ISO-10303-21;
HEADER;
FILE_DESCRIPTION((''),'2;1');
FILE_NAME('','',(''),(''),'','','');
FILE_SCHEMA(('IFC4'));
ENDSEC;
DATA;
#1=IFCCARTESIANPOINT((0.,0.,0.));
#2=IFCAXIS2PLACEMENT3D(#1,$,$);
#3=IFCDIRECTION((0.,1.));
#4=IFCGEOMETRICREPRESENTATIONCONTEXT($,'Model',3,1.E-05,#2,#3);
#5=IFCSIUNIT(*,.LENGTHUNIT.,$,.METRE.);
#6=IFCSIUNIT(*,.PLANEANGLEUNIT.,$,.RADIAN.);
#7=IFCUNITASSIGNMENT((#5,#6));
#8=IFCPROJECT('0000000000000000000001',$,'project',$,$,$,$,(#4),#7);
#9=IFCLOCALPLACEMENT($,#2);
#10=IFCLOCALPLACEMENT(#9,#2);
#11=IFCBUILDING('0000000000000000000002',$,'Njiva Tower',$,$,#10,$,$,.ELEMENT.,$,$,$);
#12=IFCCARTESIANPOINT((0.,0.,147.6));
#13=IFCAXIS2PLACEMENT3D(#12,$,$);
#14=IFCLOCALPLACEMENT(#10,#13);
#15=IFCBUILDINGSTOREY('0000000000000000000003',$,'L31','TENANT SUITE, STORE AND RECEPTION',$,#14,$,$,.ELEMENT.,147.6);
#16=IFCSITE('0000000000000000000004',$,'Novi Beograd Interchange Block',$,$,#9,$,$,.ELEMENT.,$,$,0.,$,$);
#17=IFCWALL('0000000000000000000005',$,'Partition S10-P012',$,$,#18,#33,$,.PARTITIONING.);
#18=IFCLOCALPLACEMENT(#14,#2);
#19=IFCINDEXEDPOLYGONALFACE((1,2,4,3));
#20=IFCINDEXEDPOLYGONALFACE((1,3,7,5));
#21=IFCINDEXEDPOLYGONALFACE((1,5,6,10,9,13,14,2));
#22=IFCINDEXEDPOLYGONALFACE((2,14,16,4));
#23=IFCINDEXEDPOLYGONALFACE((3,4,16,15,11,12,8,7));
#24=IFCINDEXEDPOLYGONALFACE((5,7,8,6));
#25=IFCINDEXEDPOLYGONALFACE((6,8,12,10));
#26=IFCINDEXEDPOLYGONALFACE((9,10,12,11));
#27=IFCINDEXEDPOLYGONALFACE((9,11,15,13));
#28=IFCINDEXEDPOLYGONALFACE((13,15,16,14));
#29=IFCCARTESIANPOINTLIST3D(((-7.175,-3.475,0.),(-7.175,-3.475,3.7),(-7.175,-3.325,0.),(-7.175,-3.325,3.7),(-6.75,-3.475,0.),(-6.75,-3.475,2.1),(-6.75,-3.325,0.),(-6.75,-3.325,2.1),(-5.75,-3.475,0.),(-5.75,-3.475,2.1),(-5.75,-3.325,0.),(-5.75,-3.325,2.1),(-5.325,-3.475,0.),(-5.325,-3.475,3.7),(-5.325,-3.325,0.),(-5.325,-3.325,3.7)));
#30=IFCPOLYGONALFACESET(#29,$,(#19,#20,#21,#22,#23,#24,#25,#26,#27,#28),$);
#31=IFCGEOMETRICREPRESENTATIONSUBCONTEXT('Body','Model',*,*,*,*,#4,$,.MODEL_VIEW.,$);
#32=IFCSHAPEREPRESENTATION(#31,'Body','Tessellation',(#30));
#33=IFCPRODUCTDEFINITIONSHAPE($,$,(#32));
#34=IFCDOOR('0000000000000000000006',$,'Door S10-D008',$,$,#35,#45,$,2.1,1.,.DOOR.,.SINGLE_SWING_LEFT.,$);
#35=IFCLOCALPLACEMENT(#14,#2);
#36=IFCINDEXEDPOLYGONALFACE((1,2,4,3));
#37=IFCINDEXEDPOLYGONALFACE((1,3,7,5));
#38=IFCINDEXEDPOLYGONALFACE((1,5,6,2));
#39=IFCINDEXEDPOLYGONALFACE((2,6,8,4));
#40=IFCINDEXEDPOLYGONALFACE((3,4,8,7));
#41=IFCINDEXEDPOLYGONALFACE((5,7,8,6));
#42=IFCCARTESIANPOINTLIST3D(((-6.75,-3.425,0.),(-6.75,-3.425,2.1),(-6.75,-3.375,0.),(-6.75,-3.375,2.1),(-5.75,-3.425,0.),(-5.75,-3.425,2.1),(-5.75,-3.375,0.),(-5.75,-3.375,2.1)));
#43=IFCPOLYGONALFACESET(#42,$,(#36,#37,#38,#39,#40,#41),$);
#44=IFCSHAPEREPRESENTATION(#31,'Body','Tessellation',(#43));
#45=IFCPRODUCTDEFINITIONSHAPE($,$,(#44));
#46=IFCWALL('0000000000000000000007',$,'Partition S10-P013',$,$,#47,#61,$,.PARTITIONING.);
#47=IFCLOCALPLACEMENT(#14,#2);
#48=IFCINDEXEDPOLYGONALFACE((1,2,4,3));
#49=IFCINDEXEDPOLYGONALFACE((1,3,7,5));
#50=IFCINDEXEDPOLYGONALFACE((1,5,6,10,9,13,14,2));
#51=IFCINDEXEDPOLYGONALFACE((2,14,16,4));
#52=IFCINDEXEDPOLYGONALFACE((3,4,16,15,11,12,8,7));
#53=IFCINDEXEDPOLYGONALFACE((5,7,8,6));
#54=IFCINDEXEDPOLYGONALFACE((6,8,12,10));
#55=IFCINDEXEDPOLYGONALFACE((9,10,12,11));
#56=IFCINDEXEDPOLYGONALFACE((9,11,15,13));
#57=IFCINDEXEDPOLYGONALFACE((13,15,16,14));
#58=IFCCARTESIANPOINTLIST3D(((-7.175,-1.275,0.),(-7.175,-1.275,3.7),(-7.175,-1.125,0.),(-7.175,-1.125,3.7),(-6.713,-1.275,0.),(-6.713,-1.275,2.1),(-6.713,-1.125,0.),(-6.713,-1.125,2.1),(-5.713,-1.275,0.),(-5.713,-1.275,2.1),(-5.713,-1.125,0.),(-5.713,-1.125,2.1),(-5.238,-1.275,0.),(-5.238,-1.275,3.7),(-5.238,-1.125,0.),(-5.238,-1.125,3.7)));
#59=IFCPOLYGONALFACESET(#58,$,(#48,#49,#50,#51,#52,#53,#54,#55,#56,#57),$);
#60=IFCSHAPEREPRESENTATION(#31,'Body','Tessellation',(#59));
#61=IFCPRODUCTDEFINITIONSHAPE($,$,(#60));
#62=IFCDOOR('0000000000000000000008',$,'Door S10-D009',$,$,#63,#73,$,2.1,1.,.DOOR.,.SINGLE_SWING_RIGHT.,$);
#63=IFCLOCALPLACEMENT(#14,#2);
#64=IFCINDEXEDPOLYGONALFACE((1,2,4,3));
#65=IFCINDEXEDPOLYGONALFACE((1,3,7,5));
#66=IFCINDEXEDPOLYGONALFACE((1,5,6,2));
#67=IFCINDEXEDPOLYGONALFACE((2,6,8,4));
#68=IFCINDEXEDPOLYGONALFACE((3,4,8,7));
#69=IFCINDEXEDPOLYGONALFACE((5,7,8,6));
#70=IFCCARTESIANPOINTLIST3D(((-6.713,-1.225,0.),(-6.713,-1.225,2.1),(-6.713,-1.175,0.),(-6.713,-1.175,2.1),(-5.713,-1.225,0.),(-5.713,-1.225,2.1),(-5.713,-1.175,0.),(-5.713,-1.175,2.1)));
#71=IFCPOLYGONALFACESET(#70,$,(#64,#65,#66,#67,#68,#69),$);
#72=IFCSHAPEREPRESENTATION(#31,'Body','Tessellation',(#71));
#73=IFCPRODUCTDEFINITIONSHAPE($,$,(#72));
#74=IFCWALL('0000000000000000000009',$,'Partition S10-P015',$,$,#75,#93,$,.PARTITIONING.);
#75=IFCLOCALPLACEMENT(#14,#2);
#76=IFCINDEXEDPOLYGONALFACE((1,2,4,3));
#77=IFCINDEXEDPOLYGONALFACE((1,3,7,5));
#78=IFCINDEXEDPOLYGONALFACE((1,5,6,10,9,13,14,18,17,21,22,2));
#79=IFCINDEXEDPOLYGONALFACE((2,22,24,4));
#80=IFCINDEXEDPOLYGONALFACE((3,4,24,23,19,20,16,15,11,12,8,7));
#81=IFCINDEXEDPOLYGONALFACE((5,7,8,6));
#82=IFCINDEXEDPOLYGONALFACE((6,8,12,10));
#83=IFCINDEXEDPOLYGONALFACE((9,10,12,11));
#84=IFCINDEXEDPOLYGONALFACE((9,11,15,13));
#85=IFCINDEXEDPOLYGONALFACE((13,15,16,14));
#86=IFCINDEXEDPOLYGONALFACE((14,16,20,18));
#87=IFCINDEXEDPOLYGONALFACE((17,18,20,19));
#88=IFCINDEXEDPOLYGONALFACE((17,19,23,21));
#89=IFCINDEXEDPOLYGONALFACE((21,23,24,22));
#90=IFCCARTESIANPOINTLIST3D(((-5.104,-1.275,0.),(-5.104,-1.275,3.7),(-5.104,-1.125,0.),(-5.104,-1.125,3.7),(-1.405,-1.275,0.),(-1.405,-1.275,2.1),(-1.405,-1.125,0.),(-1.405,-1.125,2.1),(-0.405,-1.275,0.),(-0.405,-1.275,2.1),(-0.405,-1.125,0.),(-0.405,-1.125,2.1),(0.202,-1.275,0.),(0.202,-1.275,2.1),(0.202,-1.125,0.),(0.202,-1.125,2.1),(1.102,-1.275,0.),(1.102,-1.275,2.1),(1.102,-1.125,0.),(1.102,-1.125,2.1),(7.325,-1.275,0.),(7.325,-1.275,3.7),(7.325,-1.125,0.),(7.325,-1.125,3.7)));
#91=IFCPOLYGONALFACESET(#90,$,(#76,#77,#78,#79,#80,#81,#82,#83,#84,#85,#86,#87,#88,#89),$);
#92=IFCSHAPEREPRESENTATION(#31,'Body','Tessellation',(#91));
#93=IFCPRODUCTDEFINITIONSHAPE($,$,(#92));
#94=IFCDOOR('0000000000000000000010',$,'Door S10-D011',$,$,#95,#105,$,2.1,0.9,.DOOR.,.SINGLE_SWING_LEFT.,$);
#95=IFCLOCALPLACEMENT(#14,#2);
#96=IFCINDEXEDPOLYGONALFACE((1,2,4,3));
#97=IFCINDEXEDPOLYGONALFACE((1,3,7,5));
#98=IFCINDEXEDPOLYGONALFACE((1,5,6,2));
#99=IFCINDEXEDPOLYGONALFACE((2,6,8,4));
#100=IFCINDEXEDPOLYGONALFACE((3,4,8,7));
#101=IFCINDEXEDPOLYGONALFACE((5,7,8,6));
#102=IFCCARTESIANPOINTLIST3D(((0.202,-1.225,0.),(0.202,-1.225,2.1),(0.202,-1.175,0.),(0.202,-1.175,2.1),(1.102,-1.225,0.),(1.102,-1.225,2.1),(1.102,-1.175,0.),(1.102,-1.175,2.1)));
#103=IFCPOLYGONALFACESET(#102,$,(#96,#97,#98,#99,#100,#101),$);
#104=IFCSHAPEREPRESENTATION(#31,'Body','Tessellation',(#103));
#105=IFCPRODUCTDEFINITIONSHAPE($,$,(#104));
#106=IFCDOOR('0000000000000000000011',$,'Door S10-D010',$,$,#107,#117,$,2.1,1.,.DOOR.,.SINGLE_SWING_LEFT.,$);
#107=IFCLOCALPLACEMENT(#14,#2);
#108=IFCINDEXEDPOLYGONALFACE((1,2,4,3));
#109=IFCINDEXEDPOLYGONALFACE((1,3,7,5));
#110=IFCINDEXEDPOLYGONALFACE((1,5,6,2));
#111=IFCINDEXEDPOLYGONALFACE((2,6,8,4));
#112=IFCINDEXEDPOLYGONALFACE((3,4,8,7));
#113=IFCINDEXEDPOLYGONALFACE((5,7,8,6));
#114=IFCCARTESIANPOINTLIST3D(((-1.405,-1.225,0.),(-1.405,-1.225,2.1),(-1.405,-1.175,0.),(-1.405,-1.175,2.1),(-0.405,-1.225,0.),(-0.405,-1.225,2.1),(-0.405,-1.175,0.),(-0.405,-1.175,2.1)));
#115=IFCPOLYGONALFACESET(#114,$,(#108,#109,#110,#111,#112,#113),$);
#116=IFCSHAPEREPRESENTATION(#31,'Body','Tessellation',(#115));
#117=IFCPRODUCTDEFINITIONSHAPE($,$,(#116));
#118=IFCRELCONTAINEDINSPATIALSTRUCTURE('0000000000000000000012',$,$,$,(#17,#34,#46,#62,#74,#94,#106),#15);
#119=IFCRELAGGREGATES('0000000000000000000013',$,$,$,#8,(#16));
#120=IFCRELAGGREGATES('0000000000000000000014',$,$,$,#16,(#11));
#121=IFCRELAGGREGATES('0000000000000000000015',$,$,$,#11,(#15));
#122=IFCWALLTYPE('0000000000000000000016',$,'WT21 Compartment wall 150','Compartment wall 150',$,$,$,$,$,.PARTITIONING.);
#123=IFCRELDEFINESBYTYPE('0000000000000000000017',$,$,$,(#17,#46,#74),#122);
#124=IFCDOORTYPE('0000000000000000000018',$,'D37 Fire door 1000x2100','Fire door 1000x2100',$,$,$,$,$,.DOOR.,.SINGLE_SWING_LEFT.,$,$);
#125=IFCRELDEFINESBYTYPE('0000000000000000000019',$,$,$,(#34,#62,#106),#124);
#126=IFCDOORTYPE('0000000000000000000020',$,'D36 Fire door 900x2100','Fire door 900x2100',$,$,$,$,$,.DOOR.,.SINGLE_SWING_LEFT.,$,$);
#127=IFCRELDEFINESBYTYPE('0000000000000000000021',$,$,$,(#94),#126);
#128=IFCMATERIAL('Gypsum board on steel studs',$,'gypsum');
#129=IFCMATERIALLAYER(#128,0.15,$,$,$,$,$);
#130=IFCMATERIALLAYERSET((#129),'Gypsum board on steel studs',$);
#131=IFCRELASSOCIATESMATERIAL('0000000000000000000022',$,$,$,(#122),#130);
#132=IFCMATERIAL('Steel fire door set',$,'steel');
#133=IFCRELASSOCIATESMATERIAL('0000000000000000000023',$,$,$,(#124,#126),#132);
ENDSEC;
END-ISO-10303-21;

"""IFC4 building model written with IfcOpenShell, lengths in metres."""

from ifc_helpers import new_model, si_unit, direction, frame, frame_2d, origin, place, context, subcontext, project, spatial, rectangle, extrude, material, layer, layer_set, type_object, element, fill, save


model = new_model("IFC4")

# Units and contexts
model_context = context("Model", 3, precision=1e-05, world=origin(), true_north=direction((0.0, 1.0)))
body_context = subcontext(model_context, "Body", "Model", "MODEL_VIEW")
ifc_project = project(units=[si_unit("LENGTHUNIT", "METRE"), si_unit("PLANEANGLEUNIT", "RADIAN")], contexts=[model_context])

# Site, building, storey
site_placement = place(None, origin())
site = spatial("IfcSite", under=ifc_project, at=site_placement, Name="Novi Beograd Interchange Block", CompositionType="ELEMENT", RefElevation=0.0)
building_placement = place(site_placement, origin())
building = spatial("IfcBuilding", under=site, at=building_placement, Name="Njiva Tower", CompositionType="ELEMENT")
storey_placement = place(building_placement, frame((0.0, 0.0, 147.6)))
storey = spatial("IfcBuildingStorey", under=building, at=storey_placement, Name="L31", Description="TENANT SUITE, STORE AND RECEPTION", CompositionType="ELEMENT", Elevation=147.6)

# Walls, openings, doors
ifc_material_1 = material(Name="Gypsum board on steel studs", Category="gypsum")
ifc_layer_1 = layer(ifc_material_1, 0.15)
ifc_layer_set_1 = layer_set([ifc_layer_1], Name="Gypsum board on steel studs")
wall_type = type_object("IfcWallType", Name="WT21 Compartment wall 150", Description="Compartment wall 150", PredefinedType="PARTITIONING", material=ifc_layer_set_1)
ifc_material_2 = material(Name="Steel fire door set", Category="steel")
door_type_1 = type_object("IfcDoorType", Name="D37 Fire door 1000x2100", Description="Fire door 1000x2100", OperationType="SINGLE_SWING_LEFT", PredefinedType="DOOR", material=ifc_material_2)
wall_1_placement = place(storey_placement, frame((-7.175, -3.4, 0.0), z_axis=(0.0, 0.0, 1.0), x_axis=(1.0, 0.0, 0.0)))
wall_1 = element("IfcWall", 1, at=wall_1_placement, inside=storey, type_object=wall_type, Name="Partition S10-P012", PredefinedType="PARTITIONING", context=body_context, shape_type="SweptSolid", body=[
    extrude(rectangle(XDim=1.85, YDim=0.15, at=frame_2d((0.925, 0.0))), origin(), (0.0, 0.0, 1.0), 3.7),
])
opening_1_placement = place(wall_1_placement, frame((0.425, 0.0, 0.0)))
opening_1 = element("IfcOpeningElement", 2, at=opening_1_placement, cuts=wall_1, PredefinedType="OPENING", context=body_context, shape_type="SweptSolid", body=[
    extrude(rectangle(XDim=1.0, YDim=2.1, at=frame_2d((0.5, 1.05))), frame((0.0, 0.085, 0.0), z_axis=(0.0, -1.0, 0.0), x_axis=(1.0, 0.0, 0.0)), (0.0, 0.0, 1.0), 0.17),
])
door_1_placement = place(opening_1_placement, origin())
door_1 = element("IfcDoor", 3, at=door_1_placement, inside=storey, type_object=door_type_1, Name="Door S10-D008", OperationType="SINGLE_SWING_LEFT", OverallHeight=2.1, OverallWidth=1.0, PredefinedType="DOOR", context=body_context, shape_type="SweptSolid", body=[
    extrude(rectangle(XDim=1.0, YDim=2.1, at=frame_2d((0.5, 1.05))), frame((0.0, 0.025, 0.0), z_axis=(0.0, -1.0, 0.0), x_axis=(1.0, 0.0, 0.0)), (0.0, 0.0, 1.0), 0.05),
])
fill(opening_1, door_1)
wall_2_placement = place(storey_placement, frame((-7.175, -1.2, 0.0), z_axis=(0.0, 0.0, 1.0), x_axis=(1.0, 0.0, 0.0)))
wall_2 = element("IfcWall", 4, at=wall_2_placement, inside=storey, type_object=wall_type, Name="Partition S10-P013", PredefinedType="PARTITIONING", context=body_context, shape_type="SweptSolid", body=[
    extrude(rectangle(XDim=1.937, YDim=0.15, at=frame_2d((0.9685, 0.0))), origin(), (0.0, 0.0, 1.0), 3.7),
])
opening_2_placement = place(wall_2_placement, frame((0.462, 0.0, 0.0)))
opening_2 = element("IfcOpeningElement", 5, at=opening_2_placement, cuts=wall_2, PredefinedType="OPENING", context=body_context, shape_type="SweptSolid", body=[
    extrude(rectangle(XDim=1.0, YDim=2.1, at=frame_2d((0.5, 1.05))), frame((0.0, 0.085, 0.0), z_axis=(0.0, -1.0, 0.0), x_axis=(1.0, 0.0, 0.0)), (0.0, 0.0, 1.0), 0.17),
])
door_2_placement = place(opening_2_placement, origin())
door_2 = element("IfcDoor", 6, at=door_2_placement, inside=storey, type_object=door_type_1, Name="Door S10-D009", OperationType="SINGLE_SWING_RIGHT", OverallHeight=2.1, OverallWidth=1.0, PredefinedType="DOOR", context=body_context, shape_type="SweptSolid", body=[
    extrude(rectangle(XDim=1.0, YDim=2.1, at=frame_2d((0.5, 1.05))), frame((0.0, 0.025, 0.0), z_axis=(0.0, -1.0, 0.0), x_axis=(1.0, 0.0, 0.0)), (0.0, 0.0, 1.0), 0.05),
])
fill(opening_2, door_2)

# Wall, openings, doors
wall_3_placement = place(storey_placement, frame((-5.104, -1.2, 0.0), z_axis=(0.0, 0.0, 1.0), x_axis=(1.0, 0.0, 0.0)))
wall_3 = element("IfcWall", 7, at=wall_3_placement, inside=storey, type_object=wall_type, Name="Partition S10-P015", PredefinedType="PARTITIONING", context=body_context, shape_type="SweptSolid", body=[
    extrude(rectangle(XDim=12.429, YDim=0.15, at=frame_2d((6.2145, 0.0))), origin(), (0.0, 0.0, 1.0), 3.7),
])
opening_3_placement = place(wall_3_placement, frame((3.699, 0.0, 0.0)))
opening_3 = element("IfcOpeningElement", 8, at=opening_3_placement, cuts=wall_3, PredefinedType="OPENING", context=body_context, shape_type="SweptSolid", body=[
    extrude(rectangle(XDim=1.0, YDim=2.1, at=frame_2d((0.5, 1.05))), frame((0.0, 0.085, 0.0), z_axis=(0.0, -1.0, 0.0), x_axis=(1.0, 0.0, 0.0)), (0.0, 0.0, 1.0), 0.17),
])
opening_4_placement = place(wall_3_placement, frame((5.306, 0.0, 0.0)))
opening_4 = element("IfcOpeningElement", 9, at=opening_4_placement, cuts=wall_3, PredefinedType="OPENING", context=body_context, shape_type="SweptSolid", body=[
    extrude(rectangle(XDim=0.9, YDim=2.1, at=frame_2d((0.45, 1.05))), frame((0.0, 0.085, 0.0), z_axis=(0.0, -1.0, 0.0), x_axis=(1.0, 0.0, 0.0)), (0.0, 0.0, 1.0), 0.17),
])
door_type_2 = type_object("IfcDoorType", Name="D36 Fire door 900x2100", Description="Fire door 900x2100", OperationType="SINGLE_SWING_LEFT", PredefinedType="DOOR", material=ifc_material_2)
door_3_placement = place(opening_4_placement, origin())
door_3 = element("IfcDoor", 10, at=door_3_placement, inside=storey, type_object=door_type_2, Name="Door S10-D011", OperationType="SINGLE_SWING_LEFT", OverallHeight=2.1, OverallWidth=0.9, PredefinedType="DOOR", context=body_context, shape_type="SweptSolid", body=[
    extrude(rectangle(XDim=0.9, YDim=2.1, at=frame_2d((0.45, 1.05))), frame((0.0, 0.025, 0.0), z_axis=(0.0, -1.0, 0.0), x_axis=(1.0, 0.0, 0.0)), (0.0, 0.0, 1.0), 0.05),
])
fill(opening_4, door_3)
door_4_placement = place(opening_3_placement, origin())
door_4 = element("IfcDoor", 11, at=door_4_placement, inside=storey, type_object=door_type_1, Name="Door S10-D010", OperationType="SINGLE_SWING_LEFT", OverallHeight=2.1, OverallWidth=1.0, PredefinedType="DOOR", context=body_context, shape_type="SweptSolid", body=[
    extrude(rectangle(XDim=1.0, YDim=2.1, at=frame_2d((0.5, 1.05))), frame((0.0, 0.025, 0.0), z_axis=(0.0, -1.0, 0.0), x_axis=(1.0, 0.0, 0.0)), (0.0, 0.0, 1.0), 0.05),
])
fill(opening_3, door_4)

save(model, "model.ifc")
